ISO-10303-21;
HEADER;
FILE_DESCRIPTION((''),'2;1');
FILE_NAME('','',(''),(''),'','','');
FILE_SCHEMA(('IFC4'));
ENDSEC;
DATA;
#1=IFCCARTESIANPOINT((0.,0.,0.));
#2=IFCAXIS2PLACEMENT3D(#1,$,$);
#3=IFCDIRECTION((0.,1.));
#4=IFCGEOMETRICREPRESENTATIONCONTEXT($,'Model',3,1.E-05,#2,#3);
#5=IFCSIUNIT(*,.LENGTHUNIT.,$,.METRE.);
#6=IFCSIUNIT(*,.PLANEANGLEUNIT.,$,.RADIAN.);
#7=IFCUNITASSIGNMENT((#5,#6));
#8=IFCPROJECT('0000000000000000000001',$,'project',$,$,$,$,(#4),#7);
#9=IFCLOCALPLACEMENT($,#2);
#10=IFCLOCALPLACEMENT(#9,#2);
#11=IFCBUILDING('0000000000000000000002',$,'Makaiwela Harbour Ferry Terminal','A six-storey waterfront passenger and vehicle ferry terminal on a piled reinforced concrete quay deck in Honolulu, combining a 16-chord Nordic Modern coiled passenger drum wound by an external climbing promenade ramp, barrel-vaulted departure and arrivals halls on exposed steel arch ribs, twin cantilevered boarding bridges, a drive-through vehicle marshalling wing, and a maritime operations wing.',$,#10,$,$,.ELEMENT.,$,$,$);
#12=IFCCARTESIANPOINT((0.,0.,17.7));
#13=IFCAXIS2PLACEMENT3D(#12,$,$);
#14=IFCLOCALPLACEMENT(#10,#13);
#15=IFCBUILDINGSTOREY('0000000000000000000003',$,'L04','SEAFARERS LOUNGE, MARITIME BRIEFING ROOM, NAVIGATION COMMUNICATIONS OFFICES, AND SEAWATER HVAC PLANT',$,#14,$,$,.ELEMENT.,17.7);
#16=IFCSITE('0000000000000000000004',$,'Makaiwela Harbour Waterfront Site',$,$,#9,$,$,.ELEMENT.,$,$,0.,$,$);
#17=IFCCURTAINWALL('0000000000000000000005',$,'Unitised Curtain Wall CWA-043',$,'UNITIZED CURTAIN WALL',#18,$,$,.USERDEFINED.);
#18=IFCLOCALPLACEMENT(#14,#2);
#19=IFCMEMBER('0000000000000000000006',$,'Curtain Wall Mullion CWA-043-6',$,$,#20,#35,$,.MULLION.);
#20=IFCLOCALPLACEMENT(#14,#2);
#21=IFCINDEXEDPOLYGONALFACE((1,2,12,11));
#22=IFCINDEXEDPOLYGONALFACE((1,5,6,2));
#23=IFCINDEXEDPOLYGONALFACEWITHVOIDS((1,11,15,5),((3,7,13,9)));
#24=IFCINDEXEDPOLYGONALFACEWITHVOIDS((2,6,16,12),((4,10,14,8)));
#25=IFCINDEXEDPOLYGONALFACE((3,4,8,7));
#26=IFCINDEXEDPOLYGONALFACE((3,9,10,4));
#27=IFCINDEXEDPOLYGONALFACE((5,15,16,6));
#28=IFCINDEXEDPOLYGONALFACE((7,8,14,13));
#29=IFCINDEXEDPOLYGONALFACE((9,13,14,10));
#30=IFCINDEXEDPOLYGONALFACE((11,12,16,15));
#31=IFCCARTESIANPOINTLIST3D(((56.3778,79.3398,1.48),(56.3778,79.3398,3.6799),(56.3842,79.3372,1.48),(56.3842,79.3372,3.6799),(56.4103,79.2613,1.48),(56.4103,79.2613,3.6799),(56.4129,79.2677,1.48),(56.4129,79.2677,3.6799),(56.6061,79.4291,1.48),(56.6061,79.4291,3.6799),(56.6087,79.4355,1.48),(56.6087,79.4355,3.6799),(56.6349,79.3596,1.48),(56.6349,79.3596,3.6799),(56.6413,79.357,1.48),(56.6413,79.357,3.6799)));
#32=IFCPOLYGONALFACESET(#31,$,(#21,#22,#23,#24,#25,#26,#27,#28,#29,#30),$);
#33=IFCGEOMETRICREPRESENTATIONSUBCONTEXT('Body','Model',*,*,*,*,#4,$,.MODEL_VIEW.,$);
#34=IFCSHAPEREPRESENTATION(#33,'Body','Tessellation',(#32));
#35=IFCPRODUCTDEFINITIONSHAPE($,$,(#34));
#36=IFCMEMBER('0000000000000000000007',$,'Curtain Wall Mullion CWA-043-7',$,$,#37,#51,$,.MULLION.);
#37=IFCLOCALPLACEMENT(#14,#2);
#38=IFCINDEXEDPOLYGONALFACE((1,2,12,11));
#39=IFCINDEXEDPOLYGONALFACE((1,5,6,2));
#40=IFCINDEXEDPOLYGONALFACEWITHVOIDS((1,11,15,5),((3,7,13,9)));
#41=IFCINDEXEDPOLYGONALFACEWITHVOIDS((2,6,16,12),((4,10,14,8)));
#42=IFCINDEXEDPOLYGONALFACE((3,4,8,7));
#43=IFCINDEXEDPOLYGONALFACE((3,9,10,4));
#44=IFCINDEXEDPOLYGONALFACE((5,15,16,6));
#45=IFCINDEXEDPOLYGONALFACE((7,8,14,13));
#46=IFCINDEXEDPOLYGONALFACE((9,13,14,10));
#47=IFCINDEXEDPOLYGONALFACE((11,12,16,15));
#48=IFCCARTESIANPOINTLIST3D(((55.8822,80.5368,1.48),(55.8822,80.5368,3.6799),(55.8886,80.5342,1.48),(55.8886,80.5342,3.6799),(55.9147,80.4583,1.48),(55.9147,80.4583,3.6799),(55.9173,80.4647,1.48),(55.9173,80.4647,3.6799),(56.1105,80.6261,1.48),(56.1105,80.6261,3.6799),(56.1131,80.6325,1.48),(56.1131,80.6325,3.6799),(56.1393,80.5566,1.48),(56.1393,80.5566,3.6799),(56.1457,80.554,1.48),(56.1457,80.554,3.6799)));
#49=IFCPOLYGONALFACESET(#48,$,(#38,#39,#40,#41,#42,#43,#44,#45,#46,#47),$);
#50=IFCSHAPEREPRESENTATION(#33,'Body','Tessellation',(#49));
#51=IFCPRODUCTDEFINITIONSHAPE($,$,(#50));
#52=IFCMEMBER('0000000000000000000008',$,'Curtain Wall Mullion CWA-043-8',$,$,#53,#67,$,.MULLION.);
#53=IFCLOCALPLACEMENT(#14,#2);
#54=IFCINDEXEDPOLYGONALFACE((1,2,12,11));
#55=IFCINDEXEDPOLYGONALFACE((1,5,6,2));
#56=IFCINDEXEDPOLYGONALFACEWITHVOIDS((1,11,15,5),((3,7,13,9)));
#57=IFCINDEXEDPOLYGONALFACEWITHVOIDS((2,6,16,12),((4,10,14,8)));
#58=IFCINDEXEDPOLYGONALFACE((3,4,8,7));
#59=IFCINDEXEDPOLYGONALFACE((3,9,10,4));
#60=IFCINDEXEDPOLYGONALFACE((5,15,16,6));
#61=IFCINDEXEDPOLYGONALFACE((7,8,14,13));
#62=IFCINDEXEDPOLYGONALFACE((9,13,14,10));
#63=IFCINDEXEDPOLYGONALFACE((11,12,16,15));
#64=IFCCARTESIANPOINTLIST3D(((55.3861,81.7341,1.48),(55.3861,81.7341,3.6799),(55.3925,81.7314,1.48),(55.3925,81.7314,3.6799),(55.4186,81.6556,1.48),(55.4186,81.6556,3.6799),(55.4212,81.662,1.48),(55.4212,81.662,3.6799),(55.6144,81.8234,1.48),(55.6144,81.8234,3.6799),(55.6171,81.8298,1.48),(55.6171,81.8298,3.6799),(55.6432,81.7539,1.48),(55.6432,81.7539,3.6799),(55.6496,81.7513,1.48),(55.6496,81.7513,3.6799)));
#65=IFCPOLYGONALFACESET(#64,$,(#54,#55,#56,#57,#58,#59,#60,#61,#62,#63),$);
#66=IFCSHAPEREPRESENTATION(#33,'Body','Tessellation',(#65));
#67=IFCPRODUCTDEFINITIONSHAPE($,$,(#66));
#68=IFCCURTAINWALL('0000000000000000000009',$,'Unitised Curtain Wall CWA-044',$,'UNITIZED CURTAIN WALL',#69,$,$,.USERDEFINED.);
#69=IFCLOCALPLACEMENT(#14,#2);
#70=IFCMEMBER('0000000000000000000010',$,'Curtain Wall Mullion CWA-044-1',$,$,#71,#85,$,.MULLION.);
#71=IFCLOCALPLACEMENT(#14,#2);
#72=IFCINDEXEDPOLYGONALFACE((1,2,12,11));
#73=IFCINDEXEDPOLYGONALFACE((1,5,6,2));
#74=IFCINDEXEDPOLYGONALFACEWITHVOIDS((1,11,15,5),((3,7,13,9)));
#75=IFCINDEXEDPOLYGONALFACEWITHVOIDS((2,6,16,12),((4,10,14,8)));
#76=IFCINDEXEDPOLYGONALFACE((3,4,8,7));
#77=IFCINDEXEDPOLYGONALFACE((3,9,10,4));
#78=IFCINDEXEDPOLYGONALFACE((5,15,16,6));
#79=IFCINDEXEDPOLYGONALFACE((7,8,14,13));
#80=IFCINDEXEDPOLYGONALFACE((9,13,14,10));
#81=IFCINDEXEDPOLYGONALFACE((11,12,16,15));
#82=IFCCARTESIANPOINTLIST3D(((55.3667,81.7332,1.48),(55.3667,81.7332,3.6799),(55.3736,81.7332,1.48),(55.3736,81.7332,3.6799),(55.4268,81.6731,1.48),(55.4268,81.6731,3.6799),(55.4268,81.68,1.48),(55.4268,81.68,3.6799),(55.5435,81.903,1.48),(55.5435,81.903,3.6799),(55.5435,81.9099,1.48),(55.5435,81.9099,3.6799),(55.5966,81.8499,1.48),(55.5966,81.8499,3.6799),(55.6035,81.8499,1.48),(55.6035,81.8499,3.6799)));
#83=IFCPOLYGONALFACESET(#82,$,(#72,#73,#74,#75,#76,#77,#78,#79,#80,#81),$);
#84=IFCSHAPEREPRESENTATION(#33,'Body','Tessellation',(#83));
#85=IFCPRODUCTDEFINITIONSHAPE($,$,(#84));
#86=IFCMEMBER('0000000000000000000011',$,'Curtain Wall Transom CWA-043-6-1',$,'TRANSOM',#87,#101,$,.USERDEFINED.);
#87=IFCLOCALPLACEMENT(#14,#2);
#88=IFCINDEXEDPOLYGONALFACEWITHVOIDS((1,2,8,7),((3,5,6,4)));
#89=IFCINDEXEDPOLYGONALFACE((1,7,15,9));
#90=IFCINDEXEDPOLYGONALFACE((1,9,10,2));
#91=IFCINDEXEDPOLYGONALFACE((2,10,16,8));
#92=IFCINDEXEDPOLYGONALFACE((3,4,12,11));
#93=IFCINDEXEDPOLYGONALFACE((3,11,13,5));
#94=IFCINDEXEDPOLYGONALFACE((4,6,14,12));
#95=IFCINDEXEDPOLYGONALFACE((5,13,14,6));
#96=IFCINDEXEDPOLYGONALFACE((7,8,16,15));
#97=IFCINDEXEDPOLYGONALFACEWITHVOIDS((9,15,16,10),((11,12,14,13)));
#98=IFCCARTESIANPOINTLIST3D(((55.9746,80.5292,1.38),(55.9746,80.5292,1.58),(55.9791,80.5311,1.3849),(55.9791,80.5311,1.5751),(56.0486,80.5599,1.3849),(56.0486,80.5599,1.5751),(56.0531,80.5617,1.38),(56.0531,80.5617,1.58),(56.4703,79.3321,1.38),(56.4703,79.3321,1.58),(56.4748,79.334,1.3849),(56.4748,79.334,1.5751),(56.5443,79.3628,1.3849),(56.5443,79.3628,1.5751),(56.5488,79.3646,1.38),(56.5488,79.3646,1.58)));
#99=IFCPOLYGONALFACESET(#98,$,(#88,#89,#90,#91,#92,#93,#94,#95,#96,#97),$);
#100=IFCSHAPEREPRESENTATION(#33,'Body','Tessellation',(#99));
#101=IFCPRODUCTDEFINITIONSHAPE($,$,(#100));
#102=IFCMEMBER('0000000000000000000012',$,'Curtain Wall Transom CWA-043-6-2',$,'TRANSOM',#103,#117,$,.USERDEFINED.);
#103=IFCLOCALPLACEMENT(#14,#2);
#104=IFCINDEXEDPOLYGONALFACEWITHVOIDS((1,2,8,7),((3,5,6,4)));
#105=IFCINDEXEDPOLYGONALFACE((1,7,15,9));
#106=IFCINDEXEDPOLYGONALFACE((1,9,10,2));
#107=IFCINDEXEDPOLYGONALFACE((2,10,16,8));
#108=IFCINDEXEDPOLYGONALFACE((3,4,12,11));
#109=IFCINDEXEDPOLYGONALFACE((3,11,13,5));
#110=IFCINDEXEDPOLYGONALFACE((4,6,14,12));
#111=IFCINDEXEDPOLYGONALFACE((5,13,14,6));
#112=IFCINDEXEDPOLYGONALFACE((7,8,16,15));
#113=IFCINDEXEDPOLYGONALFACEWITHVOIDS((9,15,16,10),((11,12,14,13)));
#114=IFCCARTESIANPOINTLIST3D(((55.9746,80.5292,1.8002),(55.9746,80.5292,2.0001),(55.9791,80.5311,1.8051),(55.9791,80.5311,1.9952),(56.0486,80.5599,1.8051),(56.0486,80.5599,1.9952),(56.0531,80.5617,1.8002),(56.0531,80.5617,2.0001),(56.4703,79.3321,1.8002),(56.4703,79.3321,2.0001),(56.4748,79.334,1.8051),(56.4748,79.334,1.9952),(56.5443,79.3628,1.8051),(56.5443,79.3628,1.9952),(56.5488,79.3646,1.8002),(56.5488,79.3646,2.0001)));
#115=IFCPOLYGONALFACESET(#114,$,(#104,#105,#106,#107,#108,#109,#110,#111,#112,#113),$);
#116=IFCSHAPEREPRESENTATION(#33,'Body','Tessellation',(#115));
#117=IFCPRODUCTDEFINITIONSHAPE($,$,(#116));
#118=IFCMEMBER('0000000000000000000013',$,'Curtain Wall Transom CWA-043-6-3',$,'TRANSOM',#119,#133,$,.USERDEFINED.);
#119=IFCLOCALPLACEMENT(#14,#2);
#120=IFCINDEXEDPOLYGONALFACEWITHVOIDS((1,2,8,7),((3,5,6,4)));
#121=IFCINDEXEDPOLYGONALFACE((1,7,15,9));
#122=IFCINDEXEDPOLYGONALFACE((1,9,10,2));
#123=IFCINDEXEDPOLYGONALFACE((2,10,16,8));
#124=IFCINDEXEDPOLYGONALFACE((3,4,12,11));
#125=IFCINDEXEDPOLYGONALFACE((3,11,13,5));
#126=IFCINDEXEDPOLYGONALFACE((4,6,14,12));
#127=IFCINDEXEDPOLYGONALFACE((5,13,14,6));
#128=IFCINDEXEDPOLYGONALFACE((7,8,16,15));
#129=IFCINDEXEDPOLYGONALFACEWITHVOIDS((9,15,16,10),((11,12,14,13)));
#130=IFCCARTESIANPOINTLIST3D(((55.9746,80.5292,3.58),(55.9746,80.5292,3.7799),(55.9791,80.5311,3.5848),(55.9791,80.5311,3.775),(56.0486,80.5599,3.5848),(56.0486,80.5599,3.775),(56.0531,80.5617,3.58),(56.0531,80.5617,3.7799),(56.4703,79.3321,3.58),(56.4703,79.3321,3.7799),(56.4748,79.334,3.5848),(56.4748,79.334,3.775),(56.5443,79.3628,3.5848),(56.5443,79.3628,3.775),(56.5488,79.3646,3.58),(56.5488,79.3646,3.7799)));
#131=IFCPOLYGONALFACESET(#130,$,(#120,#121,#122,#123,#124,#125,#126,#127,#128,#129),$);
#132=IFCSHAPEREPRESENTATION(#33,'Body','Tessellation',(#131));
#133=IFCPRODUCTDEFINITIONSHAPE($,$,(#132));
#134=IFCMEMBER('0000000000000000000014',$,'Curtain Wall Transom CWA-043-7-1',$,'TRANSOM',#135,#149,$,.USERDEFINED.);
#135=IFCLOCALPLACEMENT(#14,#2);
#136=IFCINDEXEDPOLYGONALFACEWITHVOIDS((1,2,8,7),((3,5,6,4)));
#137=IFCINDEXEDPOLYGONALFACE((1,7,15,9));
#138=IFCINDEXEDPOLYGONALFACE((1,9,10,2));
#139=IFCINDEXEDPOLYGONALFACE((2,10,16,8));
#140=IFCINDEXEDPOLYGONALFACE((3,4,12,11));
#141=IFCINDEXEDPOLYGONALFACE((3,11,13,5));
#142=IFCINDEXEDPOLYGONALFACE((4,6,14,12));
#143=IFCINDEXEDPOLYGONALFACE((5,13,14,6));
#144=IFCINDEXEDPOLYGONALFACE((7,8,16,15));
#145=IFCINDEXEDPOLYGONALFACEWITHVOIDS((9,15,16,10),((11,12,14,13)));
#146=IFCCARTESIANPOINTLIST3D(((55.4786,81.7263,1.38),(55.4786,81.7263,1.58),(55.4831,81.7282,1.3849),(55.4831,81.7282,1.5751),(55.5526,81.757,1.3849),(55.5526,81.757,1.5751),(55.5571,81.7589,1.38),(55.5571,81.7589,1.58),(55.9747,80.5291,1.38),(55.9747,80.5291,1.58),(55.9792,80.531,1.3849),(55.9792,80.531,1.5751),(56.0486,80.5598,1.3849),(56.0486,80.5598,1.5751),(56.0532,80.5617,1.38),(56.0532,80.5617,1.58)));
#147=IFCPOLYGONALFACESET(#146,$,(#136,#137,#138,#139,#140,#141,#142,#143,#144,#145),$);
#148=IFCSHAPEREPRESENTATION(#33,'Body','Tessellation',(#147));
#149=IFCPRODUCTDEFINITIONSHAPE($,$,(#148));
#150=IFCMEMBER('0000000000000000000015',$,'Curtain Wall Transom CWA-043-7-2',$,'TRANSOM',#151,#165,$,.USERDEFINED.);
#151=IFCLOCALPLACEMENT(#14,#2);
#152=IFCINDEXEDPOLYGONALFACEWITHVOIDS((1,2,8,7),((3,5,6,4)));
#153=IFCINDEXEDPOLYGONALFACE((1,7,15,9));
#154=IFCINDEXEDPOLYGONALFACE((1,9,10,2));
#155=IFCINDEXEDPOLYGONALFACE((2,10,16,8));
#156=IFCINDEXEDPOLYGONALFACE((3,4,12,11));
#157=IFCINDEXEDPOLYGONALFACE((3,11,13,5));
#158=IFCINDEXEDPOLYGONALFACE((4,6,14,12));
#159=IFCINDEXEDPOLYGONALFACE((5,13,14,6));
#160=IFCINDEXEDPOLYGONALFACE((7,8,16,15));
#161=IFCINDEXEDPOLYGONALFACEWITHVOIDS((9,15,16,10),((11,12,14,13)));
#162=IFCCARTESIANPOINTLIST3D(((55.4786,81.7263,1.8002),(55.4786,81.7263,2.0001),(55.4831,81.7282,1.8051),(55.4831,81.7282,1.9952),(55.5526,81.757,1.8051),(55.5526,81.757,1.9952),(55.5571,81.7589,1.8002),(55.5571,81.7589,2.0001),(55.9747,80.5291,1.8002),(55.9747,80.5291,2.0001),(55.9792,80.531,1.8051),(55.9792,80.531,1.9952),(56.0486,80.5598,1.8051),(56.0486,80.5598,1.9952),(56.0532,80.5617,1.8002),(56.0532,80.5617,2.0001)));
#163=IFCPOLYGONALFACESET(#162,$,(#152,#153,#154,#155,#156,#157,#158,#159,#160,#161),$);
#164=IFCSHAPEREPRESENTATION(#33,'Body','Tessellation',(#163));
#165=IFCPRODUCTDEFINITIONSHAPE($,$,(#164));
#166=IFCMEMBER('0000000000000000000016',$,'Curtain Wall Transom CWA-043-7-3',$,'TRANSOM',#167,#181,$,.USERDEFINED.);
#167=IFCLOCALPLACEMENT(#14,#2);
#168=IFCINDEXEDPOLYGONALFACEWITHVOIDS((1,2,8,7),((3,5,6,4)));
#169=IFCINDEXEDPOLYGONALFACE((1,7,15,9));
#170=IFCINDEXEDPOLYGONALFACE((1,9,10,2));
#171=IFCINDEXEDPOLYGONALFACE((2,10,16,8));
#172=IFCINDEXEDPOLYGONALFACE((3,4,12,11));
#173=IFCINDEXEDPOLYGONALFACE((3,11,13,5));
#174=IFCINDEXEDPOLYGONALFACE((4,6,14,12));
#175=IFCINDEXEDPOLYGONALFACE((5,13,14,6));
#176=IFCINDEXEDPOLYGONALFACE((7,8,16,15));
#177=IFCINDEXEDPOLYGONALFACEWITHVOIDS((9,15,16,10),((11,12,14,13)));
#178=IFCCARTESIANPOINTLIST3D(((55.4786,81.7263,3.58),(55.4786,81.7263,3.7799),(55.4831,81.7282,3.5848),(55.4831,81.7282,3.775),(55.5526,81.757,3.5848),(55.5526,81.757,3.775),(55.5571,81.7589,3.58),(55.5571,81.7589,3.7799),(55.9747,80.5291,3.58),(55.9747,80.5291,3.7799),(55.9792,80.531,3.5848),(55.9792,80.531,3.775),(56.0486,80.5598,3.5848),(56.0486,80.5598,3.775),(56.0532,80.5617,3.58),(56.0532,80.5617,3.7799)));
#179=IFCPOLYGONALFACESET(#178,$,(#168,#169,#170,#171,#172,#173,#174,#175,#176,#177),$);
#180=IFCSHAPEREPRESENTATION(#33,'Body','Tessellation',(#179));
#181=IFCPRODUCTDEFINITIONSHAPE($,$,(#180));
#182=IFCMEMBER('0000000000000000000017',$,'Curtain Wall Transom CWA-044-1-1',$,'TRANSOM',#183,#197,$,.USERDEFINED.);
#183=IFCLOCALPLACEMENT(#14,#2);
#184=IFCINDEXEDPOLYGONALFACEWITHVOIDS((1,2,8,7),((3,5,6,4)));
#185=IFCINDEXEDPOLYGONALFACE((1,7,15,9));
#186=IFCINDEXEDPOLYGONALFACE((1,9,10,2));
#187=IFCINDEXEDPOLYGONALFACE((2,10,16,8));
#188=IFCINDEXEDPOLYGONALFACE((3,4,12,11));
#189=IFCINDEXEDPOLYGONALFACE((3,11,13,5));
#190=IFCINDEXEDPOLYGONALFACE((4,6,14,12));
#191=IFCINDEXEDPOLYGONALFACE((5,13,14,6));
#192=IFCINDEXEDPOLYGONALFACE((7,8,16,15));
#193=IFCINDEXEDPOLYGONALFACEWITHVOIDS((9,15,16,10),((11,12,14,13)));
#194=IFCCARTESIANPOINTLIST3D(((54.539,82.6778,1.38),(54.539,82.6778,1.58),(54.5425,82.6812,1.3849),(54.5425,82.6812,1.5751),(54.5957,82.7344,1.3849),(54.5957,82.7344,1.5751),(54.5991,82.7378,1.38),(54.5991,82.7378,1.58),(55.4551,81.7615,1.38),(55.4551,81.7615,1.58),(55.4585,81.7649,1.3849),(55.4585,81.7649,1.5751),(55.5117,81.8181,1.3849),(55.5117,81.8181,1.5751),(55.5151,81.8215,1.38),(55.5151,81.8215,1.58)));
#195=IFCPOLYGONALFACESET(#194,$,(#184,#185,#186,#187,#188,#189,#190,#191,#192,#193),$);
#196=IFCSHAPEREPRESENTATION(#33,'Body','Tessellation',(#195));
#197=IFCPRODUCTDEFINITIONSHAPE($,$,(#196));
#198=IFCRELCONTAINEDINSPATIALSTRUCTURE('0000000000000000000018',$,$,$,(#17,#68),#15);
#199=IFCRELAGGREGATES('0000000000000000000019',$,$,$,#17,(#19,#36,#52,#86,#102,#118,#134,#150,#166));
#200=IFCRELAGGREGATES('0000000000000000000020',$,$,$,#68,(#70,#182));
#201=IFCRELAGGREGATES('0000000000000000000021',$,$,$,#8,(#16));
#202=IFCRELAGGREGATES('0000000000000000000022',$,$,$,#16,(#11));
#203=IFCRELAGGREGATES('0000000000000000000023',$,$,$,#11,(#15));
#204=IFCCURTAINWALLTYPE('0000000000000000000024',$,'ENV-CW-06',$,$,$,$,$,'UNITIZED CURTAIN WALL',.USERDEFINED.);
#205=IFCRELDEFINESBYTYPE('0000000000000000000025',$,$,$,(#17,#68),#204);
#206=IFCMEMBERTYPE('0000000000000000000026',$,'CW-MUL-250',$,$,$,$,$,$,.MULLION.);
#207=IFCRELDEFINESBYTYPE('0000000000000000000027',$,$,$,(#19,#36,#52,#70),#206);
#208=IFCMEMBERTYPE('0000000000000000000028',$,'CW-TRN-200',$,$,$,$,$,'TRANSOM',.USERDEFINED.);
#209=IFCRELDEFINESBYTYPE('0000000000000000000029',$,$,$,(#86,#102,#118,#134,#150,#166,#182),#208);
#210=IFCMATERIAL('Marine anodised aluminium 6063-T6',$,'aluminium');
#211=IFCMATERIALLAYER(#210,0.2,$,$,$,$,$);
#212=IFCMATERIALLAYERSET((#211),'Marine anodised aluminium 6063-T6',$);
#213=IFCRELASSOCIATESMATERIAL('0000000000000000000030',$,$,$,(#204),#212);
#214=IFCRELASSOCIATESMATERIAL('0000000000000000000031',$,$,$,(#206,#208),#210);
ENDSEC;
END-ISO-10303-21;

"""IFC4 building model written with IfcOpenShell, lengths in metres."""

from ifc_helpers import new_model, si_unit, direction, frame, origin, origin_2d, place, context, subcontext, project, spatial, hollow_rectangle, extrude, material, layer, layer_set, material_profile, profile_set, type_object, element, aggregate, save


model = new_model("IFC4")

# Units and contexts
model_context = context("Model", 3, precision=1e-05, world=origin(), true_north=direction((0.0, 1.0)))
body_context = subcontext(model_context, "Body", "Model", "MODEL_VIEW")
ifc_project = project(units=[si_unit("LENGTHUNIT", "METRE"), si_unit("PLANEANGLEUNIT", "RADIAN")], contexts=[model_context])

# Site, building, storey
site_placement = place(None, origin())
site = spatial("IfcSite", under=ifc_project, at=site_placement, Name="Makaiwela Harbour Waterfront Site", CompositionType="ELEMENT", RefElevation=0.0)
building_placement = place(site_placement, origin())
building = spatial("IfcBuilding", under=site, at=building_placement, Name="Makaiwela Harbour Ferry Terminal", Description="A six-storey waterfront passenger and vehicle ferry terminal on a piled reinforced concrete quay deck in Honolulu, combining a 16-chord Nordic Modern coiled passenger drum wound by an external climbing promenade ramp, barrel-vaulted departure and arrivals halls on exposed steel arch ribs, twin cantilevered boarding bridges, a drive-through vehicle marshalling wing, and a maritime operations wing.", CompositionType="ELEMENT")
storey_placement = place(building_placement, frame((0.0, 0.0, 17.7)))
storey = spatial("IfcBuildingStorey", under=building, at=storey_placement, Name="L04", Description="SEAFARERS LOUNGE, MARITIME BRIEFING ROOM, NAVIGATION COMMUNICATIONS OFFICES, AND SEAWATER HVAC PLANT", CompositionType="ELEMENT", Elevation=17.7)

# Curtain wall, members
ifc_material_1 = material(Name="Marine anodised aluminium 6063-T6", Category="aluminium")
ifc_layer_1 = layer(ifc_material_1, 0.2)
ifc_layer_set_1 = layer_set([ifc_layer_1], Name="Marine anodised aluminium 6063-T6")
curtain_wall_type = type_object("IfcCurtainWallType", Name="ENV-CW-06", ElementType="UNITIZED CURTAIN WALL", PredefinedType="USERDEFINED", material=ifc_layer_set_1)
curtain_wall_1_placement = place(storey_placement, origin())
curtain_wall_1 = element("IfcCurtainWall", 1, at=curtain_wall_1_placement, inside=storey, type_object=curtain_wall_type, Name="Unitised Curtain Wall CWA-043", ObjectType="UNITIZED CURTAIN WALL", PredefinedType="USERDEFINED")
ifc_material_profile_1 = material_profile(ifc_material_1, hollow_rectangle(XDim=0.085, YDim=0.25, WallThickness=0.0049, at=origin_2d()), Name="CWM-250X85")
ifc_profile_set_1 = profile_set([ifc_material_profile_1], Name="Marine anodised aluminium 6063-T6")
member_type_1 = type_object("IfcMemberType", Name="CW-MUL-250", PredefinedType="MULLION", material=ifc_profile_set_1)
member_1_placement = place(storey_placement, frame((56.5095, 79.3484, 1.48), z_axis=(0.0, 0.0, 1.0), x_axis=(-0.382683, 0.92388, 0.0)))
member_1 = element("IfcMember", 2, at=member_1_placement, type_object=member_type_1, Name="Curtain Wall Mullion CWA-043-6", PredefinedType="MULLION", context=body_context, shape_type="SweptSolid", body=[
    extrude(hollow_rectangle(XDim=0.085, YDim=0.25, WallThickness=0.0049, at=origin_2d()), origin(), (0.0, 0.0, 1.0), 2.2),
])
member_2_placement = place(storey_placement, frame((56.0139, 80.5454, 1.48), z_axis=(0.0, 0.0, 1.0), x_axis=(-0.382683, 0.92388, 0.0)))
member_2 = element("IfcMember", 3, at=member_2_placement, type_object=member_type_1, Name="Curtain Wall Mullion CWA-043-7", PredefinedType="MULLION", context=body_context, shape_type="SweptSolid", body=[
    extrude(hollow_rectangle(XDim=0.085, YDim=0.25, WallThickness=0.0049, at=origin_2d()), origin(), (0.0, 0.0, 1.0), 2.2),
])
member_3_placement = place(storey_placement, frame((55.5178, 81.7427, 1.48), z_axis=(0.0, 0.0, 1.0), x_axis=(-0.382683, 0.92388, 0.0)))
member_3 = element("IfcMember", 4, at=member_3_placement, type_object=member_type_1, Name="Curtain Wall Mullion CWA-043-8", PredefinedType="MULLION", context=body_context, shape_type="SweptSolid", body=[
    extrude(hollow_rectangle(XDim=0.085, YDim=0.25, WallThickness=0.0049, at=origin_2d()), origin(), (0.0, 0.0, 1.0), 2.2),
])

# Curtain wall, member
curtain_wall_2_placement = place(storey_placement, origin())
curtain_wall_2 = element("IfcCurtainWall", 5, at=curtain_wall_2_placement, inside=storey, type_object=curtain_wall_type, Name="Unitised Curtain Wall CWA-044", ObjectType="UNITIZED CURTAIN WALL", PredefinedType="USERDEFINED")
member_4_placement = place(storey_placement, frame((55.4851, 81.7915, 1.48), z_axis=(0.0, 0.0, 1.0), x_axis=(-0.707107, 0.707107, 0.0)))
member_4 = element("IfcMember", 6, at=member_4_placement, type_object=member_type_1, Name="Curtain Wall Mullion CWA-044-1", PredefinedType="MULLION", context=body_context, shape_type="SweptSolid", body=[
    extrude(hollow_rectangle(XDim=0.085, YDim=0.25, WallThickness=0.0049, at=origin_2d()), origin(), (0.0, 0.0, 1.0), 2.2),
])

# Members
ifc_material_profile_2 = material_profile(ifc_material_1, hollow_rectangle(XDim=0.085, YDim=0.2, WallThickness=0.0049, at=origin_2d()), Name="CWT-200X85")
ifc_profile_set_2 = profile_set([ifc_material_profile_2], Name="Marine anodised aluminium 6063-T6")
member_type_2 = type_object("IfcMemberType", Name="CW-TRN-200", ElementType="TRANSOM", PredefinedType="USERDEFINED", material=ifc_profile_set_2)
member_5_placement = place(storey_placement, frame((56.5095, 79.3484, 1.48), z_axis=(-0.38254, 0.923939, 0.0), x_axis=(-0.923939, -0.38254, 0.0)))
member_5 = element("IfcMember", 7, at=member_5_placement, type_object=member_type_2, Name="Curtain Wall Transom CWA-043-6-1", ObjectType="TRANSOM", PredefinedType="USERDEFINED", context=body_context, shape_type="SweptSolid", body=[
    extrude(hollow_rectangle(XDim=0.085, YDim=0.2, WallThickness=0.0049, at=origin_2d()), origin(), (0.0, 0.0, 1.0), 1.2957),
])
member_6_placement = place(storey_placement, frame((56.5095, 79.3484, 1.9001), z_axis=(-0.38254, 0.923939, 0.0), x_axis=(-0.923939, -0.38254, 0.0)))
member_6 = element("IfcMember", 8, at=member_6_placement, type_object=member_type_2, Name="Curtain Wall Transom CWA-043-6-2", ObjectType="TRANSOM", PredefinedType="USERDEFINED", context=body_context, shape_type="SweptSolid", body=[
    extrude(hollow_rectangle(XDim=0.085, YDim=0.2, WallThickness=0.0049, at=origin_2d()), origin(), (0.0, 0.0, 1.0), 1.2957),
])
member_7_placement = place(storey_placement, frame((56.5095, 79.3484, 3.6799), z_axis=(-0.38254, 0.923939, 0.0), x_axis=(-0.923939, -0.38254, 0.0)))
member_7 = element("IfcMember", 9, at=member_7_placement, type_object=member_type_2, Name="Curtain Wall Transom CWA-043-6-3", ObjectType="TRANSOM", PredefinedType="USERDEFINED", context=body_context, shape_type="SweptSolid", body=[
    extrude(hollow_rectangle(XDim=0.085, YDim=0.2, WallThickness=0.0049, at=origin_2d()), origin(), (0.0, 0.0, 1.0), 1.2957),
])
member_8_placement = place(storey_placement, frame((56.0139, 80.5454, 1.48), z_axis=(-0.382795, 0.923833, 0.0), x_axis=(-0.923833, -0.382795, 0.0)))
member_8 = element("IfcMember", 10, at=member_8_placement, type_object=member_type_2, Name="Curtain Wall Transom CWA-043-7-1", ObjectType="TRANSOM", PredefinedType="USERDEFINED", context=body_context, shape_type="SweptSolid", body=[
    extrude(hollow_rectangle(XDim=0.085, YDim=0.2, WallThickness=0.0049, at=origin_2d()), origin(), (0.0, 0.0, 1.0), 1.2959),
])
member_9_placement = place(storey_placement, frame((56.0139, 80.5454, 1.9001), z_axis=(-0.382795, 0.923833, 0.0), x_axis=(-0.923833, -0.382795, 0.0)))
member_9 = element("IfcMember", 11, at=member_9_placement, type_object=member_type_2, Name="Curtain Wall Transom CWA-043-7-2", ObjectType="TRANSOM", PredefinedType="USERDEFINED", context=body_context, shape_type="SweptSolid", body=[
    extrude(hollow_rectangle(XDim=0.085, YDim=0.2, WallThickness=0.0049, at=origin_2d()), origin(), (0.0, 0.0, 1.0), 1.2959),
])
member_10_placement = place(storey_placement, frame((56.0139, 80.5454, 3.6799), z_axis=(-0.382795, 0.923833, 0.0), x_axis=(-0.923833, -0.382795, 0.0)))
member_10 = element("IfcMember", 12, at=member_10_placement, type_object=member_type_2, Name="Curtain Wall Transom CWA-043-7-3", ObjectType="TRANSOM", PredefinedType="USERDEFINED", context=body_context, shape_type="SweptSolid", body=[
    extrude(hollow_rectangle(XDim=0.085, YDim=0.2, WallThickness=0.0049, at=origin_2d()), origin(), (0.0, 0.0, 1.0), 1.2959),
])
member_11_placement = place(storey_placement, frame((55.4851, 81.7915, 1.48), z_axis=(-0.707013, 0.707201, 0.0), x_axis=(-0.707201, -0.707013, 0.0)))
member_11 = element("IfcMember", 13, at=member_11_placement, type_object=member_type_2, Name="Curtain Wall Transom CWA-044-1-1", ObjectType="TRANSOM", PredefinedType="USERDEFINED", context=body_context, shape_type="SweptSolid", body=[
    extrude(hollow_rectangle(XDim=0.085, YDim=0.2, WallThickness=0.0049, at=origin_2d()), origin(), (0.0, 0.0, 1.0), 1.2957),
])

aggregate(curtain_wall_1, [member_1, member_2, member_3, member_5, member_6, member_7, member_8, member_9, member_10])
aggregate(curtain_wall_2, [member_4, member_11])

save(model, "model.ifc")
